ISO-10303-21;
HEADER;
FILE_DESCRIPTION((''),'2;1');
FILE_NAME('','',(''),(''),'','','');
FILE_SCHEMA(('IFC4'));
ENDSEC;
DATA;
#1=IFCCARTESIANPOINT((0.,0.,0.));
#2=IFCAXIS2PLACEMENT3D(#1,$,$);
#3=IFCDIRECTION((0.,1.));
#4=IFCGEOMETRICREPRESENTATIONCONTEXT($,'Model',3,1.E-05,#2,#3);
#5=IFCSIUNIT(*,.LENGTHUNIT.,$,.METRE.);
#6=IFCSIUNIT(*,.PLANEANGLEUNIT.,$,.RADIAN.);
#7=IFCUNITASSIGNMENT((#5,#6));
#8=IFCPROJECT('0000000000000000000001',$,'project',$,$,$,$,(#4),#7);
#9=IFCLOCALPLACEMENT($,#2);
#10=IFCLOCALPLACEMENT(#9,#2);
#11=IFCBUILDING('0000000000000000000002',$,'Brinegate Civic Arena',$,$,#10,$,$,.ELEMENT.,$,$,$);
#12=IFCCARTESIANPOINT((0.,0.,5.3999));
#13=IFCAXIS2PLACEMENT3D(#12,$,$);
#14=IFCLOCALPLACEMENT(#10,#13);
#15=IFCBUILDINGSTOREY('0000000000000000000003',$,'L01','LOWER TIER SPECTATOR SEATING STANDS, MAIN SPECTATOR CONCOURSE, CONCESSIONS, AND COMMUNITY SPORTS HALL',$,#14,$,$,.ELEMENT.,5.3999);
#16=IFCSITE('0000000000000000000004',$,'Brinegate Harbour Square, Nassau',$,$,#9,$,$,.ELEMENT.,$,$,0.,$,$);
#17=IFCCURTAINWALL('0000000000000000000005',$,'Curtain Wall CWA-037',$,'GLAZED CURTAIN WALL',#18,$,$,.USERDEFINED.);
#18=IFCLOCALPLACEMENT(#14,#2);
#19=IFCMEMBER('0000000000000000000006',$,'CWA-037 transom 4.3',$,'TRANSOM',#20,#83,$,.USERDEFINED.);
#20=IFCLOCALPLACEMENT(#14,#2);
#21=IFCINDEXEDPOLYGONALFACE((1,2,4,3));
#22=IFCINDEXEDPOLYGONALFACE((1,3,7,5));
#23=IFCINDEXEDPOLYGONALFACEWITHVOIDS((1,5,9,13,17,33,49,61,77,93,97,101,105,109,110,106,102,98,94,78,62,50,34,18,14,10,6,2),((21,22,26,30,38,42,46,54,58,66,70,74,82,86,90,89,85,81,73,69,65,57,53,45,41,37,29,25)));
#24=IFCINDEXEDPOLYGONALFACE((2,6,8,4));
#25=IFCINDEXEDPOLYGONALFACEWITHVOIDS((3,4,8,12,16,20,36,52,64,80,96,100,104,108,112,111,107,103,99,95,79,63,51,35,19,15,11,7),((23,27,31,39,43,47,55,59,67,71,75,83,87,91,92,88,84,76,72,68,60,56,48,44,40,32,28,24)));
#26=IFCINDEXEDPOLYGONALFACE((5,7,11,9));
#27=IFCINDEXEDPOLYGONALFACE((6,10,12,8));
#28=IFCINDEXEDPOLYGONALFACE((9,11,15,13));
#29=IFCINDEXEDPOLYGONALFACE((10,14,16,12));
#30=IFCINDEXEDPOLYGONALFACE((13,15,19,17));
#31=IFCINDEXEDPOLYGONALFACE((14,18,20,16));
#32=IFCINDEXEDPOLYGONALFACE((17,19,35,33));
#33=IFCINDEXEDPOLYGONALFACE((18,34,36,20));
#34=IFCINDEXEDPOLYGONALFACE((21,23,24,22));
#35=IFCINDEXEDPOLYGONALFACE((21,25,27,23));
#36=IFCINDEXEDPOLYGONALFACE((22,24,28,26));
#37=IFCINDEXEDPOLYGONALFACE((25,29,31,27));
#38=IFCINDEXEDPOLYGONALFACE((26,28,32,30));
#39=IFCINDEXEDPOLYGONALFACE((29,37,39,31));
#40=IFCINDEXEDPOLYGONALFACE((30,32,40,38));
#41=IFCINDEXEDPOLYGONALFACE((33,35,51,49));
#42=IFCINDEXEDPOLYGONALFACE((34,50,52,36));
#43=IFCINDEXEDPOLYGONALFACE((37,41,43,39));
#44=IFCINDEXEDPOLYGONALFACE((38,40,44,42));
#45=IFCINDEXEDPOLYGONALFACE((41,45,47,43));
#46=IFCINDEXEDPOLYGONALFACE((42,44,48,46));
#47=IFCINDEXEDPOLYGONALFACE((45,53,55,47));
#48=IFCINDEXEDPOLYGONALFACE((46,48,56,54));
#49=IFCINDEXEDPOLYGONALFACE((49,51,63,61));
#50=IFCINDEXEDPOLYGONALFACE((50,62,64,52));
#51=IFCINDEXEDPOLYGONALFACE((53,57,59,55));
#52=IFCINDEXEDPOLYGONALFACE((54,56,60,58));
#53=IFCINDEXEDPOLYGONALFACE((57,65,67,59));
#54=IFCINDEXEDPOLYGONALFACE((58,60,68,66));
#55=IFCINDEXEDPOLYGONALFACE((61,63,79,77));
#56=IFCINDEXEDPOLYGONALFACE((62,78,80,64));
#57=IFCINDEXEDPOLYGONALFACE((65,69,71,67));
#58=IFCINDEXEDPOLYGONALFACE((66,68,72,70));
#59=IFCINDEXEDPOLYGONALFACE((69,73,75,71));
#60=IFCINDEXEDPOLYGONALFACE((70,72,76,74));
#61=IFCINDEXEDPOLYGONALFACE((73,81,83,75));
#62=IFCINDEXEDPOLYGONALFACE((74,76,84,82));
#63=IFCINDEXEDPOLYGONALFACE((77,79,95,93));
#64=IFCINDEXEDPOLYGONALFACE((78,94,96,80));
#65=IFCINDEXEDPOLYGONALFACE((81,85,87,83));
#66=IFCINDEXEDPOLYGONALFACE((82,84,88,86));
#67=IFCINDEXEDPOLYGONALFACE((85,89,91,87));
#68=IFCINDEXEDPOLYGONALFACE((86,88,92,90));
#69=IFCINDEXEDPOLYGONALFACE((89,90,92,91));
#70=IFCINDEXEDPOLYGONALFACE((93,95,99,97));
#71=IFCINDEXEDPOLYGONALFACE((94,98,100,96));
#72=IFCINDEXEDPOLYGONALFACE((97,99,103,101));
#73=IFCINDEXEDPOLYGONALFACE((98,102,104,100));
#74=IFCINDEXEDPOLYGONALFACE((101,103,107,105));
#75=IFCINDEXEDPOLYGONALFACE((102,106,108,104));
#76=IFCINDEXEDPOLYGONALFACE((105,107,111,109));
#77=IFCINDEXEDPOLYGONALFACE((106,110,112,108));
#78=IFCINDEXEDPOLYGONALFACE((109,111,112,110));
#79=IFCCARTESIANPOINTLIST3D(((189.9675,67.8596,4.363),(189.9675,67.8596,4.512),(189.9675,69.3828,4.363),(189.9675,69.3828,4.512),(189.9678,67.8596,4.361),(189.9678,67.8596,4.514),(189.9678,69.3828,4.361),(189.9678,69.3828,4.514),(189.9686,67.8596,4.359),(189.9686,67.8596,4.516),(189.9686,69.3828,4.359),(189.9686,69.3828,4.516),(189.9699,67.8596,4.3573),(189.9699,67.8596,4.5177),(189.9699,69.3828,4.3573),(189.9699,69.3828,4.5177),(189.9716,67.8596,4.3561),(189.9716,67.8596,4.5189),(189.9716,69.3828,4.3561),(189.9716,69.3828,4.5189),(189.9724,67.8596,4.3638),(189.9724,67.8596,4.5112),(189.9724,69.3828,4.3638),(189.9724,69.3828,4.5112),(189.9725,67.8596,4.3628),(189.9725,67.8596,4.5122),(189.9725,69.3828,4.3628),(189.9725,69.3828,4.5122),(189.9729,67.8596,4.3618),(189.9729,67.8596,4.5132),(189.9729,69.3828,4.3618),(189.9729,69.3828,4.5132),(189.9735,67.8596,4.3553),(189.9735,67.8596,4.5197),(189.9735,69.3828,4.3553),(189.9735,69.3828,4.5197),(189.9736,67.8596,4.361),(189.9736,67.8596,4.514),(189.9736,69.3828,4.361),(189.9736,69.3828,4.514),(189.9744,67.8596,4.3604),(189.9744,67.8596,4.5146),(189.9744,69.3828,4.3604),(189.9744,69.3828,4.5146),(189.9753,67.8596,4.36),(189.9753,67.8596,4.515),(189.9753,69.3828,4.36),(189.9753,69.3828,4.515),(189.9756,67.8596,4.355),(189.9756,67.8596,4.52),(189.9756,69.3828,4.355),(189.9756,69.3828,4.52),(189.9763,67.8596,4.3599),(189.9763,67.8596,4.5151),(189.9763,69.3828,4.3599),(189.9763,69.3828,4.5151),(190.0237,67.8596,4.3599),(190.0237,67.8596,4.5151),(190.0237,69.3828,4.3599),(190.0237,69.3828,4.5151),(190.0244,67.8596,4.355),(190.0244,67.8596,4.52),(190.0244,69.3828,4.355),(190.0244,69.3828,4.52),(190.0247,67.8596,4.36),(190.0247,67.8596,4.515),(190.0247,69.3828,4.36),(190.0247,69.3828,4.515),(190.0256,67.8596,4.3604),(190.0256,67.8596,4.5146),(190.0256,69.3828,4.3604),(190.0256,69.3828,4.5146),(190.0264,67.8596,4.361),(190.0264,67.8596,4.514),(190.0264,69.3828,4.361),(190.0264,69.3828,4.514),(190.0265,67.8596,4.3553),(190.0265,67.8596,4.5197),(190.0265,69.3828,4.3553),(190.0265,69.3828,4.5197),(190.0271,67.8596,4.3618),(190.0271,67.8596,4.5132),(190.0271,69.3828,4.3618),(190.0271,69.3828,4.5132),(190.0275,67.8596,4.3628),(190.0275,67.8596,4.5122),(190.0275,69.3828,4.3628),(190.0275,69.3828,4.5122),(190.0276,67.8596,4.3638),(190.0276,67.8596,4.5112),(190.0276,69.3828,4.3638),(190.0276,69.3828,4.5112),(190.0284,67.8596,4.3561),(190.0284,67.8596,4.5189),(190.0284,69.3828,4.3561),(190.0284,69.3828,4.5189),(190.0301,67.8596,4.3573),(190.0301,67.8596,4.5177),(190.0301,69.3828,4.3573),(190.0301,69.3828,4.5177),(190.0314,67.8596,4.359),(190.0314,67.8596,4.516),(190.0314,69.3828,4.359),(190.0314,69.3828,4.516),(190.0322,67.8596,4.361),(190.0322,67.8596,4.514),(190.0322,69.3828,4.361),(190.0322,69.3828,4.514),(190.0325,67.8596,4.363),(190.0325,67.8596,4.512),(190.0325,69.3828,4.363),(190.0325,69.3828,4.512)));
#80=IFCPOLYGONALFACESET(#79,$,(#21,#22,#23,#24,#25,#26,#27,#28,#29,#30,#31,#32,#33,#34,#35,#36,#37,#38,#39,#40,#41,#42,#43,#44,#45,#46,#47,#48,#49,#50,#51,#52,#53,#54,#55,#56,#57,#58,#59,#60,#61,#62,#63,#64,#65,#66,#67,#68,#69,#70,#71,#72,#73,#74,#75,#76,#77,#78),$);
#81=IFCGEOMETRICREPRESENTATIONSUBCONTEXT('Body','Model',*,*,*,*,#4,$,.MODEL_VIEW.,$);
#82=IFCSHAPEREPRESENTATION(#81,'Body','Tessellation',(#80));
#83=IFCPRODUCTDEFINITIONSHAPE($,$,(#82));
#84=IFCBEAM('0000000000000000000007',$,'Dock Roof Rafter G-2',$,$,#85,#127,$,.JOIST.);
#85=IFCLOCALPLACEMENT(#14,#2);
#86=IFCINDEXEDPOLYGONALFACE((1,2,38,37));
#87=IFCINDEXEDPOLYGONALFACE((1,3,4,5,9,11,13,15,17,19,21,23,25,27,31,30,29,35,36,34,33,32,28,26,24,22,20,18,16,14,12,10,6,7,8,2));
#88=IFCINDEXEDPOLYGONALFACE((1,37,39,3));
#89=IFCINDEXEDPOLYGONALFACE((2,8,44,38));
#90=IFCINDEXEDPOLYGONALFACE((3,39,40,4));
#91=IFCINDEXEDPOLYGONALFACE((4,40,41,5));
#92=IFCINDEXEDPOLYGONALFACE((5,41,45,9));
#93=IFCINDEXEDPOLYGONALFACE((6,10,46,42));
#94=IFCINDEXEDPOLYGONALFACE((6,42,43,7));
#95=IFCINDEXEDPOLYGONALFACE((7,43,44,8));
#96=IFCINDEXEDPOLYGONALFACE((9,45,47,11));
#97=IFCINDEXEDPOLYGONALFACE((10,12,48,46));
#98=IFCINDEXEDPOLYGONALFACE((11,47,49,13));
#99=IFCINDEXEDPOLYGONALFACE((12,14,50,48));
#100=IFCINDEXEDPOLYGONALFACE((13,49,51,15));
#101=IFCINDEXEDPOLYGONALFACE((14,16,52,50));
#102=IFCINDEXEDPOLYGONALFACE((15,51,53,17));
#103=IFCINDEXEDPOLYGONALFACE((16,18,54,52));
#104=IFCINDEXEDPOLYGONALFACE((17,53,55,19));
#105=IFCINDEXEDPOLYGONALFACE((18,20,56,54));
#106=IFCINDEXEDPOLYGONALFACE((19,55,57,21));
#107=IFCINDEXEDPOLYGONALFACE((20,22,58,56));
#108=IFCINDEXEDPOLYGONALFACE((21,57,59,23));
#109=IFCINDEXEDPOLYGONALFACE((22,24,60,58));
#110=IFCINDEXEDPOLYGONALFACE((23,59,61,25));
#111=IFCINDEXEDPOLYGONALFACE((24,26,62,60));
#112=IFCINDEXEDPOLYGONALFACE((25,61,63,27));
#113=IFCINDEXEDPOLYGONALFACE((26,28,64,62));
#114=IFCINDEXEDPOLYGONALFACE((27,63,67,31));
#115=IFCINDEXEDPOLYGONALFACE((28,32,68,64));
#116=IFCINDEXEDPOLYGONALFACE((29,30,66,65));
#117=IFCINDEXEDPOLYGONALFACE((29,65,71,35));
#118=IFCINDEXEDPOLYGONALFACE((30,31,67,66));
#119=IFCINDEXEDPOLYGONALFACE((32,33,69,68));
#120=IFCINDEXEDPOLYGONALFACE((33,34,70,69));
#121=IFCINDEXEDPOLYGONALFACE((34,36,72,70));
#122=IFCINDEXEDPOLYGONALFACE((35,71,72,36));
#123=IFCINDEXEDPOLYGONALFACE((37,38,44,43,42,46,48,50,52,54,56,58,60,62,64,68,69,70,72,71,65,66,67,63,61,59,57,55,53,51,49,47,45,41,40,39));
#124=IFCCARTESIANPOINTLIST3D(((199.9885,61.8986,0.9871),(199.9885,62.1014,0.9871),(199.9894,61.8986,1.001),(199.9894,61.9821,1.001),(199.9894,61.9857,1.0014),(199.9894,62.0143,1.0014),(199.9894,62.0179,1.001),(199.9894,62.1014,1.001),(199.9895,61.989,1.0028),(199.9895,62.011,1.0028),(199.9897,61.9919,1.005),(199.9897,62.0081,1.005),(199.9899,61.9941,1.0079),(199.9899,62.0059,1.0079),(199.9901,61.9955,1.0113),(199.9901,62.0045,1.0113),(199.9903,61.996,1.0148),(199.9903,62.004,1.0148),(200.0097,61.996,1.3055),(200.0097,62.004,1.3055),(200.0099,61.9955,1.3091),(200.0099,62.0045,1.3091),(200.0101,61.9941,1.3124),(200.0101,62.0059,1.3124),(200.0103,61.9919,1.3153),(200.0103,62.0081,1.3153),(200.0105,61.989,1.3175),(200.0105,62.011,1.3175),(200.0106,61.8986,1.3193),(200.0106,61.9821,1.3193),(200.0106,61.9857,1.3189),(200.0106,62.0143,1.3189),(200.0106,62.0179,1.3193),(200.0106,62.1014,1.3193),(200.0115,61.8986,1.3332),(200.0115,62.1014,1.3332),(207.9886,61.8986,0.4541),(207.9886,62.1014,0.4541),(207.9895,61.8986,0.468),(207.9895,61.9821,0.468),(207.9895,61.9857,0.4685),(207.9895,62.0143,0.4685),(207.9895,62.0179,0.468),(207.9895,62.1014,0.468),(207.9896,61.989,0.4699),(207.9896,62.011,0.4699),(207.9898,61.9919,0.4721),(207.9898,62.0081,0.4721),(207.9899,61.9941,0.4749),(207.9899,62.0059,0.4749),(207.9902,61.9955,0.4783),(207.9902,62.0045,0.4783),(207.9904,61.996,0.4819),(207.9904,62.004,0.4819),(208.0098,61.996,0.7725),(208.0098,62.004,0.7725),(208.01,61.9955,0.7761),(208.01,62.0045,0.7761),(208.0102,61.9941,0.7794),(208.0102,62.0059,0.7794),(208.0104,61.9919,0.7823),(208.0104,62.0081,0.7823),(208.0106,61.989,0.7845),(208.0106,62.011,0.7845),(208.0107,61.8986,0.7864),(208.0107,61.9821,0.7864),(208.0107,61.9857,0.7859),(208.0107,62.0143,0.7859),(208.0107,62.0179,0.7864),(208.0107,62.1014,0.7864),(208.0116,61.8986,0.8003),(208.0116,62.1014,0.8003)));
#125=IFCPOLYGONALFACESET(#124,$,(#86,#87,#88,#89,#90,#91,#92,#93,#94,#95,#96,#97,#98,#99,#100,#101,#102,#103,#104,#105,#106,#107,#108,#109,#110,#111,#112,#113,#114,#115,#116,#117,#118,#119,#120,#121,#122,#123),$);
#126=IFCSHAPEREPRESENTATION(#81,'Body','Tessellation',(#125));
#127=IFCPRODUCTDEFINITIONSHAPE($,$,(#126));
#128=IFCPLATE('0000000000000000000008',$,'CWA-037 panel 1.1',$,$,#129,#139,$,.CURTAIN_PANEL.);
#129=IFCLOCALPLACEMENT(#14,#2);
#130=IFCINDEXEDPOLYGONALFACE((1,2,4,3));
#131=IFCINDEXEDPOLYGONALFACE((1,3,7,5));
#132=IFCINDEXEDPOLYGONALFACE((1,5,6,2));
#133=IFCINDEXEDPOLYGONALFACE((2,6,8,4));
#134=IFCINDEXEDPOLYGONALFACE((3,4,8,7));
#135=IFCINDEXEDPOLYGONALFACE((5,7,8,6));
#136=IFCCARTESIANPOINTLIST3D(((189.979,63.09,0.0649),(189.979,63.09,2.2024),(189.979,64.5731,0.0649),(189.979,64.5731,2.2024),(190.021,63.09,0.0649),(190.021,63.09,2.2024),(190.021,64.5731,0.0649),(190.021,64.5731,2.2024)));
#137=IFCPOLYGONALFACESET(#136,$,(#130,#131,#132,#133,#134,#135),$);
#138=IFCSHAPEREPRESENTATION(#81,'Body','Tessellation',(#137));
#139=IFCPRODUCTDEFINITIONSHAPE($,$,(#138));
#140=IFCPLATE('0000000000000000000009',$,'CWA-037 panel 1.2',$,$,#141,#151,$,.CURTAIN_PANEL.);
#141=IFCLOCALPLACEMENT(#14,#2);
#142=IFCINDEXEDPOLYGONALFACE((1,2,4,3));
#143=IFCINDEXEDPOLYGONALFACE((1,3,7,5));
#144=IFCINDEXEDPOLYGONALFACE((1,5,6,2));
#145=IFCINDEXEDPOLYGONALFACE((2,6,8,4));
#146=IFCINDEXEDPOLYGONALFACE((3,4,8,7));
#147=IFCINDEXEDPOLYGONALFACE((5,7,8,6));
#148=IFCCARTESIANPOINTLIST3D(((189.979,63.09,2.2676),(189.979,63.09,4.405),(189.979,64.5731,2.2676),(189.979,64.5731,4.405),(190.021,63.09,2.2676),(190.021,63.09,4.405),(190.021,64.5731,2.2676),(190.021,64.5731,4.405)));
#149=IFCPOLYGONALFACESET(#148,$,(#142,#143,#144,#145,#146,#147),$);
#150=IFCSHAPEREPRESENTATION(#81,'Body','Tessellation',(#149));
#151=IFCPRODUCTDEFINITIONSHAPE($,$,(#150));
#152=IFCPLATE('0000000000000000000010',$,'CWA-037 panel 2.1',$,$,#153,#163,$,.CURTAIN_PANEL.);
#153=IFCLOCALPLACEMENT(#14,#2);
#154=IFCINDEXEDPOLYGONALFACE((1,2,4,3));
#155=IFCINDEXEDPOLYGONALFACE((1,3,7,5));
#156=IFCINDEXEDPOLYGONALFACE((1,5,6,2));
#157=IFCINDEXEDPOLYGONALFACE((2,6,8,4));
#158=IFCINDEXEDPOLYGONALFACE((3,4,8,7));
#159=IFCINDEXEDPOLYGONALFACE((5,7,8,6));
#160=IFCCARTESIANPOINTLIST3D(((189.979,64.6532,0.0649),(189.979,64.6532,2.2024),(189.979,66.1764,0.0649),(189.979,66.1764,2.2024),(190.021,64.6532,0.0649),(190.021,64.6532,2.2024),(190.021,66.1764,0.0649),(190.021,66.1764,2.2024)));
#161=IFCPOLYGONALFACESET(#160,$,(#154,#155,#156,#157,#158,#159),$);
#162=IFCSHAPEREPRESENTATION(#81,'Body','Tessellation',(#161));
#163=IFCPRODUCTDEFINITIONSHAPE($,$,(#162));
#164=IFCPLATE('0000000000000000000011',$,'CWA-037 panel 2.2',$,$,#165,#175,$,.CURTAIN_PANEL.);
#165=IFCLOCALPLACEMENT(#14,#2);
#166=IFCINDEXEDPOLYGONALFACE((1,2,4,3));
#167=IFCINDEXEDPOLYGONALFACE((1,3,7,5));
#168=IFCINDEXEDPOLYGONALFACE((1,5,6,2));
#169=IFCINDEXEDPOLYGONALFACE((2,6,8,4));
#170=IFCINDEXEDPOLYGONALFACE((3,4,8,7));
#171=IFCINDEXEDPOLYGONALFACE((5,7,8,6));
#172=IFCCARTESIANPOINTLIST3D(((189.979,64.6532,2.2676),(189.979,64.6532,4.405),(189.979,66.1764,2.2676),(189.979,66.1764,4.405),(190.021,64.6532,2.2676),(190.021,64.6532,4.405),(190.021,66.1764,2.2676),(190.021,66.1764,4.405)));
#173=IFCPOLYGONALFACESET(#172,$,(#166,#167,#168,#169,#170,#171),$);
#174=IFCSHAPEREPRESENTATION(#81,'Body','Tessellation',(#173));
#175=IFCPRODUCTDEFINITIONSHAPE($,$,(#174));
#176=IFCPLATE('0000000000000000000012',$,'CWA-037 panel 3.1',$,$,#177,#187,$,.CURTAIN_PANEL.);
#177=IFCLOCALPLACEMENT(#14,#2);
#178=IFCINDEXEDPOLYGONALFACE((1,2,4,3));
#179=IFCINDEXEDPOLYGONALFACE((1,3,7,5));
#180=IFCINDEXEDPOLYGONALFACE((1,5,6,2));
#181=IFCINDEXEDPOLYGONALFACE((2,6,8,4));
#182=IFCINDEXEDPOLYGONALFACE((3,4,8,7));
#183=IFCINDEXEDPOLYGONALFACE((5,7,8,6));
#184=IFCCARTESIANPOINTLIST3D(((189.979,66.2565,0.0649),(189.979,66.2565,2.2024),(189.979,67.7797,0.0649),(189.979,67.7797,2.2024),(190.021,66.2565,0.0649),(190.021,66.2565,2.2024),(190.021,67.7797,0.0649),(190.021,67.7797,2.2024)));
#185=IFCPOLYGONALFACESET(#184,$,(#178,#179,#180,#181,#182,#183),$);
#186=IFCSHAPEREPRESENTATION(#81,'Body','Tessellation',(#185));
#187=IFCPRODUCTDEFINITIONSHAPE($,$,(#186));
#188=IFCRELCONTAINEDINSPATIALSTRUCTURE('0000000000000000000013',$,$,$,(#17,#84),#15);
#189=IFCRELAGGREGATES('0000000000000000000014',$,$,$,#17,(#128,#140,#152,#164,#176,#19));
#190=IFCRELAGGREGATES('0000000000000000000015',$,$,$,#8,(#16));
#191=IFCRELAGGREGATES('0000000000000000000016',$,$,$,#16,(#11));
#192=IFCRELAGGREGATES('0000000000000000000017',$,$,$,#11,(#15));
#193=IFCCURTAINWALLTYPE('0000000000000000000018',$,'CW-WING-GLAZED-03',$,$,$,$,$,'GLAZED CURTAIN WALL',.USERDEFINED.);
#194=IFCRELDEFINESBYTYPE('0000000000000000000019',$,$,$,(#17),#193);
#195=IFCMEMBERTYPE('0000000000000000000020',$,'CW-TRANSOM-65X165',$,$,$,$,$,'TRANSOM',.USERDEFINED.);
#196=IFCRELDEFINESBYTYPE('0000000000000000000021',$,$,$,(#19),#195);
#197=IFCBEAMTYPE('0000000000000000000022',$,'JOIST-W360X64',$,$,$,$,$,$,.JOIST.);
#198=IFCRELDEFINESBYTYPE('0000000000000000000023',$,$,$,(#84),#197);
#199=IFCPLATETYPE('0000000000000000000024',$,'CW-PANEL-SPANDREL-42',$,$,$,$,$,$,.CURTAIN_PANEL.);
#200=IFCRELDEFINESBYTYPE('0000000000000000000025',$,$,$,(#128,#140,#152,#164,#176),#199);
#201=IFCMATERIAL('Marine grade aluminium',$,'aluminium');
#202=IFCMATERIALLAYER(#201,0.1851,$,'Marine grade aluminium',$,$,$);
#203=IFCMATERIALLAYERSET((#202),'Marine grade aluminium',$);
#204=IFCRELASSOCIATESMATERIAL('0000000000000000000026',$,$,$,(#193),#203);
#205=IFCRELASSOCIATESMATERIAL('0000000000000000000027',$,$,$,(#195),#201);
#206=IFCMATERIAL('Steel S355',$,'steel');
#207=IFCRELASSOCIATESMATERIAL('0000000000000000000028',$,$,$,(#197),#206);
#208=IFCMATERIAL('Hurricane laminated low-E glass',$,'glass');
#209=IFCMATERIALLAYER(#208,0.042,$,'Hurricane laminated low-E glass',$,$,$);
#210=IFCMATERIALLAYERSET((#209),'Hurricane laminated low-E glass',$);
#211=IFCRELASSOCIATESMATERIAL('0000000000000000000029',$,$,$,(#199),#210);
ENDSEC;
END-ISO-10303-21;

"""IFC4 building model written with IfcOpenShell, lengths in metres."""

from ifc_helpers import new_model, si_unit, direction, frame, origin, origin_2d, place, context, subcontext, project, spatial, rectangle, hollow_rectangle, i_section, extrude, material, layer, layer_set, material_profile, profile_set, type_object, element, aggregate, save


model = new_model("IFC4")

# Units and contexts
model_context = context("Model", 3, precision=1e-05, world=origin(), true_north=direction((0.0, 1.0)))
body_context = subcontext(model_context, "Body", "Model", "MODEL_VIEW")
ifc_project = project(units=[si_unit("LENGTHUNIT", "METRE"), si_unit("PLANEANGLEUNIT", "RADIAN")], contexts=[model_context])

# Site, building, storey
site_placement = place(None, origin())
site = spatial("IfcSite", under=ifc_project, at=site_placement, Name="Brinegate Harbour Square, Nassau", CompositionType="ELEMENT", RefElevation=0.0)
building_placement = place(site_placement, origin())
building = spatial("IfcBuilding", under=site, at=building_placement, Name="Brinegate Civic Arena", CompositionType="ELEMENT")
storey_placement = place(building_placement, frame((0.0, 0.0, 5.3999)))
storey = spatial("IfcBuildingStorey", under=building, at=storey_placement, Name="L01", Description="LOWER TIER SPECTATOR SEATING STANDS, MAIN SPECTATOR CONCOURSE, CONCESSIONS, AND COMMUNITY SPORTS HALL", CompositionType="ELEMENT", Elevation=5.3999)

# Shared definitions
ifc_material_1 = material(Name="Steel S355", Category="steel")

# Curtain wall, member
ifc_material_2 = material(Name="Marine grade aluminium", Category="aluminium")
ifc_layer_1 = layer(ifc_material_2, 0.1851, Name="Marine grade aluminium")
ifc_layer_set_1 = layer_set([ifc_layer_1], Name="Marine grade aluminium")
curtain_wall_type = type_object("IfcCurtainWallType", Name="CW-WING-GLAZED-03", ElementType="GLAZED CURTAIN WALL", PredefinedType="USERDEFINED", material=ifc_layer_set_1)
curtain_wall_placement = place(storey_placement, origin())
curtain_wall = element("IfcCurtainWall", 1, at=curtain_wall_placement, inside=storey, type_object=curtain_wall_type, Name="Curtain Wall CWA-037", ObjectType="GLAZED CURTAIN WALL", PredefinedType="USERDEFINED")
ifc_material_profile_1 = material_profile(ifc_material_2, hollow_rectangle(XDim=0.0649, YDim=0.165, WallThickness=0.0049, InnerFilletRadius=0.0039, OuterFilletRadius=0.0081, at=origin_2d()), Name="TRN65X165")
ifc_profile_set_1 = profile_set([ifc_material_profile_1], Name="Marine grade aluminium")
member_type_1 = type_object("IfcMemberType", Name="CW-TRANSOM-65X165", ElementType="TRANSOM", PredefinedType="USERDEFINED", material=ifc_profile_set_1)
member_1_placement = place(storey_placement, frame((190.0, 67.8596, 4.4375), z_axis=(0.0, 1.0, 0.0), x_axis=(-1.0, 0.0, 0.0)))
member_1 = element("IfcMember", 2, at=member_1_placement, type_object=member_type_1, Name="CWA-037 transom 4.3", ObjectType="TRANSOM", PredefinedType="USERDEFINED", context=body_context, shape_type="SweptSolid", body=[
    extrude(hollow_rectangle(XDim=0.0649, YDim=0.165, WallThickness=0.0049, InnerFilletRadius=0.0039, OuterFilletRadius=0.0081, at=origin_2d()), origin(), (0.0, 0.0, 1.0), 1.5232),
])

# Beam
ifc_material_profile_2 = material_profile(ifc_material_1, i_section(OverallWidth=0.2029, OverallDepth=0.3469, WebThickness=0.0081, FlangeThickness=0.0139, FilletRadius=0.0139, at=origin_2d()), Name="W360X64")
ifc_profile_set_2 = profile_set([ifc_material_profile_2], Name="Steel S355")
beam_type = type_object("IfcBeamType", Name="JOIST-W360X64", PredefinedType="JOIST", material=ifc_profile_set_2)
beam_placement = place(storey_placement, frame((200.0, 62.0, 1.1602), z_axis=(0.997788, 0.0, -0.066473), x_axis=(0.0, 1.0, 0.0)))
element("IfcBeam", 3, at=beam_placement, inside=storey, type_object=beam_type, Name="Dock Roof Rafter G-2", PredefinedType="JOIST", context=body_context, shape_type="SweptSolid", body=[
    extrude(i_section(OverallWidth=0.2029, OverallDepth=0.3469, WebThickness=0.0081, FlangeThickness=0.0139, FilletRadius=0.0139, at=origin_2d()), origin(), (0.0, 0.0, 1.0), 8.0178),
])

# Plates
ifc_material_3 = material(Name="Hurricane laminated low-E glass", Category="glass")
ifc_layer_2 = layer(ifc_material_3, 0.042, Name="Hurricane laminated low-E glass")
ifc_layer_set_2 = layer_set([ifc_layer_2], Name="Hurricane laminated low-E glass")
plate_type = type_object("IfcPlateType", Name="CW-PANEL-SPANDREL-42", PredefinedType="CURTAIN_PANEL", material=ifc_layer_set_2)
plate_1_placement = place(storey_placement, frame((190.0, 63.8315, 0.0649), z_axis=(0.0, 0.0, 1.0), x_axis=(0.0, 1.0, 0.0)))
plate_1 = element("IfcPlate", 4, at=plate_1_placement, type_object=plate_type, Name="CWA-037 panel 1.1", PredefinedType="CURTAIN_PANEL", context=body_context, shape_type="SweptSolid", body=[
    extrude(rectangle(XDim=1.4832, YDim=0.042, at=origin_2d()), origin(), (0.0, 0.0, 1.0), 2.1375),
])
plate_2_placement = place(storey_placement, frame((190.0, 63.8315, 2.2676), z_axis=(0.0, 0.0, 1.0), x_axis=(0.0, 1.0, 0.0)))
plate_2 = element("IfcPlate", 5, at=plate_2_placement, type_object=plate_type, Name="CWA-037 panel 1.2", PredefinedType="CURTAIN_PANEL", context=body_context, shape_type="SweptSolid", body=[
    extrude(rectangle(XDim=1.4832, YDim=0.042, at=origin_2d()), origin(), (0.0, 0.0, 1.0), 2.1375),
])
plate_3_placement = place(storey_placement, frame((190.0, 65.4148, 0.0649), z_axis=(0.0, 0.0, 1.0), x_axis=(0.0, 1.0, 0.0)))
plate_3 = element("IfcPlate", 6, at=plate_3_placement, type_object=plate_type, Name="CWA-037 panel 2.1", PredefinedType="CURTAIN_PANEL", context=body_context, shape_type="SweptSolid", body=[
    extrude(rectangle(XDim=1.5232, YDim=0.042, at=origin_2d()), origin(), (0.0, 0.0, 1.0), 2.1375),
])
plate_4_placement = place(storey_placement, frame((190.0, 65.4148, 2.2676), z_axis=(0.0, 0.0, 1.0), x_axis=(0.0, 1.0, 0.0)))
plate_4 = element("IfcPlate", 7, at=plate_4_placement, type_object=plate_type, Name="CWA-037 panel 2.2", PredefinedType="CURTAIN_PANEL", context=body_context, shape_type="SweptSolid", body=[
    extrude(rectangle(XDim=1.5232, YDim=0.042, at=origin_2d()), origin(), (0.0, 0.0, 1.0), 2.1375),
])
plate_5_placement = place(storey_placement, frame((190.0, 67.0181, 0.0649), z_axis=(0.0, 0.0, 1.0), x_axis=(0.0, 1.0, 0.0)))
plate_5 = element("IfcPlate", 8, at=plate_5_placement, type_object=plate_type, Name="CWA-037 panel 3.1", PredefinedType="CURTAIN_PANEL", context=body_context, shape_type="SweptSolid", body=[
    extrude(rectangle(XDim=1.5232, YDim=0.042, at=origin_2d()), origin(), (0.0, 0.0, 1.0), 2.1375),
])
aggregate(curtain_wall, [plate_1, plate_2, plate_3, plate_4, plate_5, member_1])

save(model, "model.ifc")
